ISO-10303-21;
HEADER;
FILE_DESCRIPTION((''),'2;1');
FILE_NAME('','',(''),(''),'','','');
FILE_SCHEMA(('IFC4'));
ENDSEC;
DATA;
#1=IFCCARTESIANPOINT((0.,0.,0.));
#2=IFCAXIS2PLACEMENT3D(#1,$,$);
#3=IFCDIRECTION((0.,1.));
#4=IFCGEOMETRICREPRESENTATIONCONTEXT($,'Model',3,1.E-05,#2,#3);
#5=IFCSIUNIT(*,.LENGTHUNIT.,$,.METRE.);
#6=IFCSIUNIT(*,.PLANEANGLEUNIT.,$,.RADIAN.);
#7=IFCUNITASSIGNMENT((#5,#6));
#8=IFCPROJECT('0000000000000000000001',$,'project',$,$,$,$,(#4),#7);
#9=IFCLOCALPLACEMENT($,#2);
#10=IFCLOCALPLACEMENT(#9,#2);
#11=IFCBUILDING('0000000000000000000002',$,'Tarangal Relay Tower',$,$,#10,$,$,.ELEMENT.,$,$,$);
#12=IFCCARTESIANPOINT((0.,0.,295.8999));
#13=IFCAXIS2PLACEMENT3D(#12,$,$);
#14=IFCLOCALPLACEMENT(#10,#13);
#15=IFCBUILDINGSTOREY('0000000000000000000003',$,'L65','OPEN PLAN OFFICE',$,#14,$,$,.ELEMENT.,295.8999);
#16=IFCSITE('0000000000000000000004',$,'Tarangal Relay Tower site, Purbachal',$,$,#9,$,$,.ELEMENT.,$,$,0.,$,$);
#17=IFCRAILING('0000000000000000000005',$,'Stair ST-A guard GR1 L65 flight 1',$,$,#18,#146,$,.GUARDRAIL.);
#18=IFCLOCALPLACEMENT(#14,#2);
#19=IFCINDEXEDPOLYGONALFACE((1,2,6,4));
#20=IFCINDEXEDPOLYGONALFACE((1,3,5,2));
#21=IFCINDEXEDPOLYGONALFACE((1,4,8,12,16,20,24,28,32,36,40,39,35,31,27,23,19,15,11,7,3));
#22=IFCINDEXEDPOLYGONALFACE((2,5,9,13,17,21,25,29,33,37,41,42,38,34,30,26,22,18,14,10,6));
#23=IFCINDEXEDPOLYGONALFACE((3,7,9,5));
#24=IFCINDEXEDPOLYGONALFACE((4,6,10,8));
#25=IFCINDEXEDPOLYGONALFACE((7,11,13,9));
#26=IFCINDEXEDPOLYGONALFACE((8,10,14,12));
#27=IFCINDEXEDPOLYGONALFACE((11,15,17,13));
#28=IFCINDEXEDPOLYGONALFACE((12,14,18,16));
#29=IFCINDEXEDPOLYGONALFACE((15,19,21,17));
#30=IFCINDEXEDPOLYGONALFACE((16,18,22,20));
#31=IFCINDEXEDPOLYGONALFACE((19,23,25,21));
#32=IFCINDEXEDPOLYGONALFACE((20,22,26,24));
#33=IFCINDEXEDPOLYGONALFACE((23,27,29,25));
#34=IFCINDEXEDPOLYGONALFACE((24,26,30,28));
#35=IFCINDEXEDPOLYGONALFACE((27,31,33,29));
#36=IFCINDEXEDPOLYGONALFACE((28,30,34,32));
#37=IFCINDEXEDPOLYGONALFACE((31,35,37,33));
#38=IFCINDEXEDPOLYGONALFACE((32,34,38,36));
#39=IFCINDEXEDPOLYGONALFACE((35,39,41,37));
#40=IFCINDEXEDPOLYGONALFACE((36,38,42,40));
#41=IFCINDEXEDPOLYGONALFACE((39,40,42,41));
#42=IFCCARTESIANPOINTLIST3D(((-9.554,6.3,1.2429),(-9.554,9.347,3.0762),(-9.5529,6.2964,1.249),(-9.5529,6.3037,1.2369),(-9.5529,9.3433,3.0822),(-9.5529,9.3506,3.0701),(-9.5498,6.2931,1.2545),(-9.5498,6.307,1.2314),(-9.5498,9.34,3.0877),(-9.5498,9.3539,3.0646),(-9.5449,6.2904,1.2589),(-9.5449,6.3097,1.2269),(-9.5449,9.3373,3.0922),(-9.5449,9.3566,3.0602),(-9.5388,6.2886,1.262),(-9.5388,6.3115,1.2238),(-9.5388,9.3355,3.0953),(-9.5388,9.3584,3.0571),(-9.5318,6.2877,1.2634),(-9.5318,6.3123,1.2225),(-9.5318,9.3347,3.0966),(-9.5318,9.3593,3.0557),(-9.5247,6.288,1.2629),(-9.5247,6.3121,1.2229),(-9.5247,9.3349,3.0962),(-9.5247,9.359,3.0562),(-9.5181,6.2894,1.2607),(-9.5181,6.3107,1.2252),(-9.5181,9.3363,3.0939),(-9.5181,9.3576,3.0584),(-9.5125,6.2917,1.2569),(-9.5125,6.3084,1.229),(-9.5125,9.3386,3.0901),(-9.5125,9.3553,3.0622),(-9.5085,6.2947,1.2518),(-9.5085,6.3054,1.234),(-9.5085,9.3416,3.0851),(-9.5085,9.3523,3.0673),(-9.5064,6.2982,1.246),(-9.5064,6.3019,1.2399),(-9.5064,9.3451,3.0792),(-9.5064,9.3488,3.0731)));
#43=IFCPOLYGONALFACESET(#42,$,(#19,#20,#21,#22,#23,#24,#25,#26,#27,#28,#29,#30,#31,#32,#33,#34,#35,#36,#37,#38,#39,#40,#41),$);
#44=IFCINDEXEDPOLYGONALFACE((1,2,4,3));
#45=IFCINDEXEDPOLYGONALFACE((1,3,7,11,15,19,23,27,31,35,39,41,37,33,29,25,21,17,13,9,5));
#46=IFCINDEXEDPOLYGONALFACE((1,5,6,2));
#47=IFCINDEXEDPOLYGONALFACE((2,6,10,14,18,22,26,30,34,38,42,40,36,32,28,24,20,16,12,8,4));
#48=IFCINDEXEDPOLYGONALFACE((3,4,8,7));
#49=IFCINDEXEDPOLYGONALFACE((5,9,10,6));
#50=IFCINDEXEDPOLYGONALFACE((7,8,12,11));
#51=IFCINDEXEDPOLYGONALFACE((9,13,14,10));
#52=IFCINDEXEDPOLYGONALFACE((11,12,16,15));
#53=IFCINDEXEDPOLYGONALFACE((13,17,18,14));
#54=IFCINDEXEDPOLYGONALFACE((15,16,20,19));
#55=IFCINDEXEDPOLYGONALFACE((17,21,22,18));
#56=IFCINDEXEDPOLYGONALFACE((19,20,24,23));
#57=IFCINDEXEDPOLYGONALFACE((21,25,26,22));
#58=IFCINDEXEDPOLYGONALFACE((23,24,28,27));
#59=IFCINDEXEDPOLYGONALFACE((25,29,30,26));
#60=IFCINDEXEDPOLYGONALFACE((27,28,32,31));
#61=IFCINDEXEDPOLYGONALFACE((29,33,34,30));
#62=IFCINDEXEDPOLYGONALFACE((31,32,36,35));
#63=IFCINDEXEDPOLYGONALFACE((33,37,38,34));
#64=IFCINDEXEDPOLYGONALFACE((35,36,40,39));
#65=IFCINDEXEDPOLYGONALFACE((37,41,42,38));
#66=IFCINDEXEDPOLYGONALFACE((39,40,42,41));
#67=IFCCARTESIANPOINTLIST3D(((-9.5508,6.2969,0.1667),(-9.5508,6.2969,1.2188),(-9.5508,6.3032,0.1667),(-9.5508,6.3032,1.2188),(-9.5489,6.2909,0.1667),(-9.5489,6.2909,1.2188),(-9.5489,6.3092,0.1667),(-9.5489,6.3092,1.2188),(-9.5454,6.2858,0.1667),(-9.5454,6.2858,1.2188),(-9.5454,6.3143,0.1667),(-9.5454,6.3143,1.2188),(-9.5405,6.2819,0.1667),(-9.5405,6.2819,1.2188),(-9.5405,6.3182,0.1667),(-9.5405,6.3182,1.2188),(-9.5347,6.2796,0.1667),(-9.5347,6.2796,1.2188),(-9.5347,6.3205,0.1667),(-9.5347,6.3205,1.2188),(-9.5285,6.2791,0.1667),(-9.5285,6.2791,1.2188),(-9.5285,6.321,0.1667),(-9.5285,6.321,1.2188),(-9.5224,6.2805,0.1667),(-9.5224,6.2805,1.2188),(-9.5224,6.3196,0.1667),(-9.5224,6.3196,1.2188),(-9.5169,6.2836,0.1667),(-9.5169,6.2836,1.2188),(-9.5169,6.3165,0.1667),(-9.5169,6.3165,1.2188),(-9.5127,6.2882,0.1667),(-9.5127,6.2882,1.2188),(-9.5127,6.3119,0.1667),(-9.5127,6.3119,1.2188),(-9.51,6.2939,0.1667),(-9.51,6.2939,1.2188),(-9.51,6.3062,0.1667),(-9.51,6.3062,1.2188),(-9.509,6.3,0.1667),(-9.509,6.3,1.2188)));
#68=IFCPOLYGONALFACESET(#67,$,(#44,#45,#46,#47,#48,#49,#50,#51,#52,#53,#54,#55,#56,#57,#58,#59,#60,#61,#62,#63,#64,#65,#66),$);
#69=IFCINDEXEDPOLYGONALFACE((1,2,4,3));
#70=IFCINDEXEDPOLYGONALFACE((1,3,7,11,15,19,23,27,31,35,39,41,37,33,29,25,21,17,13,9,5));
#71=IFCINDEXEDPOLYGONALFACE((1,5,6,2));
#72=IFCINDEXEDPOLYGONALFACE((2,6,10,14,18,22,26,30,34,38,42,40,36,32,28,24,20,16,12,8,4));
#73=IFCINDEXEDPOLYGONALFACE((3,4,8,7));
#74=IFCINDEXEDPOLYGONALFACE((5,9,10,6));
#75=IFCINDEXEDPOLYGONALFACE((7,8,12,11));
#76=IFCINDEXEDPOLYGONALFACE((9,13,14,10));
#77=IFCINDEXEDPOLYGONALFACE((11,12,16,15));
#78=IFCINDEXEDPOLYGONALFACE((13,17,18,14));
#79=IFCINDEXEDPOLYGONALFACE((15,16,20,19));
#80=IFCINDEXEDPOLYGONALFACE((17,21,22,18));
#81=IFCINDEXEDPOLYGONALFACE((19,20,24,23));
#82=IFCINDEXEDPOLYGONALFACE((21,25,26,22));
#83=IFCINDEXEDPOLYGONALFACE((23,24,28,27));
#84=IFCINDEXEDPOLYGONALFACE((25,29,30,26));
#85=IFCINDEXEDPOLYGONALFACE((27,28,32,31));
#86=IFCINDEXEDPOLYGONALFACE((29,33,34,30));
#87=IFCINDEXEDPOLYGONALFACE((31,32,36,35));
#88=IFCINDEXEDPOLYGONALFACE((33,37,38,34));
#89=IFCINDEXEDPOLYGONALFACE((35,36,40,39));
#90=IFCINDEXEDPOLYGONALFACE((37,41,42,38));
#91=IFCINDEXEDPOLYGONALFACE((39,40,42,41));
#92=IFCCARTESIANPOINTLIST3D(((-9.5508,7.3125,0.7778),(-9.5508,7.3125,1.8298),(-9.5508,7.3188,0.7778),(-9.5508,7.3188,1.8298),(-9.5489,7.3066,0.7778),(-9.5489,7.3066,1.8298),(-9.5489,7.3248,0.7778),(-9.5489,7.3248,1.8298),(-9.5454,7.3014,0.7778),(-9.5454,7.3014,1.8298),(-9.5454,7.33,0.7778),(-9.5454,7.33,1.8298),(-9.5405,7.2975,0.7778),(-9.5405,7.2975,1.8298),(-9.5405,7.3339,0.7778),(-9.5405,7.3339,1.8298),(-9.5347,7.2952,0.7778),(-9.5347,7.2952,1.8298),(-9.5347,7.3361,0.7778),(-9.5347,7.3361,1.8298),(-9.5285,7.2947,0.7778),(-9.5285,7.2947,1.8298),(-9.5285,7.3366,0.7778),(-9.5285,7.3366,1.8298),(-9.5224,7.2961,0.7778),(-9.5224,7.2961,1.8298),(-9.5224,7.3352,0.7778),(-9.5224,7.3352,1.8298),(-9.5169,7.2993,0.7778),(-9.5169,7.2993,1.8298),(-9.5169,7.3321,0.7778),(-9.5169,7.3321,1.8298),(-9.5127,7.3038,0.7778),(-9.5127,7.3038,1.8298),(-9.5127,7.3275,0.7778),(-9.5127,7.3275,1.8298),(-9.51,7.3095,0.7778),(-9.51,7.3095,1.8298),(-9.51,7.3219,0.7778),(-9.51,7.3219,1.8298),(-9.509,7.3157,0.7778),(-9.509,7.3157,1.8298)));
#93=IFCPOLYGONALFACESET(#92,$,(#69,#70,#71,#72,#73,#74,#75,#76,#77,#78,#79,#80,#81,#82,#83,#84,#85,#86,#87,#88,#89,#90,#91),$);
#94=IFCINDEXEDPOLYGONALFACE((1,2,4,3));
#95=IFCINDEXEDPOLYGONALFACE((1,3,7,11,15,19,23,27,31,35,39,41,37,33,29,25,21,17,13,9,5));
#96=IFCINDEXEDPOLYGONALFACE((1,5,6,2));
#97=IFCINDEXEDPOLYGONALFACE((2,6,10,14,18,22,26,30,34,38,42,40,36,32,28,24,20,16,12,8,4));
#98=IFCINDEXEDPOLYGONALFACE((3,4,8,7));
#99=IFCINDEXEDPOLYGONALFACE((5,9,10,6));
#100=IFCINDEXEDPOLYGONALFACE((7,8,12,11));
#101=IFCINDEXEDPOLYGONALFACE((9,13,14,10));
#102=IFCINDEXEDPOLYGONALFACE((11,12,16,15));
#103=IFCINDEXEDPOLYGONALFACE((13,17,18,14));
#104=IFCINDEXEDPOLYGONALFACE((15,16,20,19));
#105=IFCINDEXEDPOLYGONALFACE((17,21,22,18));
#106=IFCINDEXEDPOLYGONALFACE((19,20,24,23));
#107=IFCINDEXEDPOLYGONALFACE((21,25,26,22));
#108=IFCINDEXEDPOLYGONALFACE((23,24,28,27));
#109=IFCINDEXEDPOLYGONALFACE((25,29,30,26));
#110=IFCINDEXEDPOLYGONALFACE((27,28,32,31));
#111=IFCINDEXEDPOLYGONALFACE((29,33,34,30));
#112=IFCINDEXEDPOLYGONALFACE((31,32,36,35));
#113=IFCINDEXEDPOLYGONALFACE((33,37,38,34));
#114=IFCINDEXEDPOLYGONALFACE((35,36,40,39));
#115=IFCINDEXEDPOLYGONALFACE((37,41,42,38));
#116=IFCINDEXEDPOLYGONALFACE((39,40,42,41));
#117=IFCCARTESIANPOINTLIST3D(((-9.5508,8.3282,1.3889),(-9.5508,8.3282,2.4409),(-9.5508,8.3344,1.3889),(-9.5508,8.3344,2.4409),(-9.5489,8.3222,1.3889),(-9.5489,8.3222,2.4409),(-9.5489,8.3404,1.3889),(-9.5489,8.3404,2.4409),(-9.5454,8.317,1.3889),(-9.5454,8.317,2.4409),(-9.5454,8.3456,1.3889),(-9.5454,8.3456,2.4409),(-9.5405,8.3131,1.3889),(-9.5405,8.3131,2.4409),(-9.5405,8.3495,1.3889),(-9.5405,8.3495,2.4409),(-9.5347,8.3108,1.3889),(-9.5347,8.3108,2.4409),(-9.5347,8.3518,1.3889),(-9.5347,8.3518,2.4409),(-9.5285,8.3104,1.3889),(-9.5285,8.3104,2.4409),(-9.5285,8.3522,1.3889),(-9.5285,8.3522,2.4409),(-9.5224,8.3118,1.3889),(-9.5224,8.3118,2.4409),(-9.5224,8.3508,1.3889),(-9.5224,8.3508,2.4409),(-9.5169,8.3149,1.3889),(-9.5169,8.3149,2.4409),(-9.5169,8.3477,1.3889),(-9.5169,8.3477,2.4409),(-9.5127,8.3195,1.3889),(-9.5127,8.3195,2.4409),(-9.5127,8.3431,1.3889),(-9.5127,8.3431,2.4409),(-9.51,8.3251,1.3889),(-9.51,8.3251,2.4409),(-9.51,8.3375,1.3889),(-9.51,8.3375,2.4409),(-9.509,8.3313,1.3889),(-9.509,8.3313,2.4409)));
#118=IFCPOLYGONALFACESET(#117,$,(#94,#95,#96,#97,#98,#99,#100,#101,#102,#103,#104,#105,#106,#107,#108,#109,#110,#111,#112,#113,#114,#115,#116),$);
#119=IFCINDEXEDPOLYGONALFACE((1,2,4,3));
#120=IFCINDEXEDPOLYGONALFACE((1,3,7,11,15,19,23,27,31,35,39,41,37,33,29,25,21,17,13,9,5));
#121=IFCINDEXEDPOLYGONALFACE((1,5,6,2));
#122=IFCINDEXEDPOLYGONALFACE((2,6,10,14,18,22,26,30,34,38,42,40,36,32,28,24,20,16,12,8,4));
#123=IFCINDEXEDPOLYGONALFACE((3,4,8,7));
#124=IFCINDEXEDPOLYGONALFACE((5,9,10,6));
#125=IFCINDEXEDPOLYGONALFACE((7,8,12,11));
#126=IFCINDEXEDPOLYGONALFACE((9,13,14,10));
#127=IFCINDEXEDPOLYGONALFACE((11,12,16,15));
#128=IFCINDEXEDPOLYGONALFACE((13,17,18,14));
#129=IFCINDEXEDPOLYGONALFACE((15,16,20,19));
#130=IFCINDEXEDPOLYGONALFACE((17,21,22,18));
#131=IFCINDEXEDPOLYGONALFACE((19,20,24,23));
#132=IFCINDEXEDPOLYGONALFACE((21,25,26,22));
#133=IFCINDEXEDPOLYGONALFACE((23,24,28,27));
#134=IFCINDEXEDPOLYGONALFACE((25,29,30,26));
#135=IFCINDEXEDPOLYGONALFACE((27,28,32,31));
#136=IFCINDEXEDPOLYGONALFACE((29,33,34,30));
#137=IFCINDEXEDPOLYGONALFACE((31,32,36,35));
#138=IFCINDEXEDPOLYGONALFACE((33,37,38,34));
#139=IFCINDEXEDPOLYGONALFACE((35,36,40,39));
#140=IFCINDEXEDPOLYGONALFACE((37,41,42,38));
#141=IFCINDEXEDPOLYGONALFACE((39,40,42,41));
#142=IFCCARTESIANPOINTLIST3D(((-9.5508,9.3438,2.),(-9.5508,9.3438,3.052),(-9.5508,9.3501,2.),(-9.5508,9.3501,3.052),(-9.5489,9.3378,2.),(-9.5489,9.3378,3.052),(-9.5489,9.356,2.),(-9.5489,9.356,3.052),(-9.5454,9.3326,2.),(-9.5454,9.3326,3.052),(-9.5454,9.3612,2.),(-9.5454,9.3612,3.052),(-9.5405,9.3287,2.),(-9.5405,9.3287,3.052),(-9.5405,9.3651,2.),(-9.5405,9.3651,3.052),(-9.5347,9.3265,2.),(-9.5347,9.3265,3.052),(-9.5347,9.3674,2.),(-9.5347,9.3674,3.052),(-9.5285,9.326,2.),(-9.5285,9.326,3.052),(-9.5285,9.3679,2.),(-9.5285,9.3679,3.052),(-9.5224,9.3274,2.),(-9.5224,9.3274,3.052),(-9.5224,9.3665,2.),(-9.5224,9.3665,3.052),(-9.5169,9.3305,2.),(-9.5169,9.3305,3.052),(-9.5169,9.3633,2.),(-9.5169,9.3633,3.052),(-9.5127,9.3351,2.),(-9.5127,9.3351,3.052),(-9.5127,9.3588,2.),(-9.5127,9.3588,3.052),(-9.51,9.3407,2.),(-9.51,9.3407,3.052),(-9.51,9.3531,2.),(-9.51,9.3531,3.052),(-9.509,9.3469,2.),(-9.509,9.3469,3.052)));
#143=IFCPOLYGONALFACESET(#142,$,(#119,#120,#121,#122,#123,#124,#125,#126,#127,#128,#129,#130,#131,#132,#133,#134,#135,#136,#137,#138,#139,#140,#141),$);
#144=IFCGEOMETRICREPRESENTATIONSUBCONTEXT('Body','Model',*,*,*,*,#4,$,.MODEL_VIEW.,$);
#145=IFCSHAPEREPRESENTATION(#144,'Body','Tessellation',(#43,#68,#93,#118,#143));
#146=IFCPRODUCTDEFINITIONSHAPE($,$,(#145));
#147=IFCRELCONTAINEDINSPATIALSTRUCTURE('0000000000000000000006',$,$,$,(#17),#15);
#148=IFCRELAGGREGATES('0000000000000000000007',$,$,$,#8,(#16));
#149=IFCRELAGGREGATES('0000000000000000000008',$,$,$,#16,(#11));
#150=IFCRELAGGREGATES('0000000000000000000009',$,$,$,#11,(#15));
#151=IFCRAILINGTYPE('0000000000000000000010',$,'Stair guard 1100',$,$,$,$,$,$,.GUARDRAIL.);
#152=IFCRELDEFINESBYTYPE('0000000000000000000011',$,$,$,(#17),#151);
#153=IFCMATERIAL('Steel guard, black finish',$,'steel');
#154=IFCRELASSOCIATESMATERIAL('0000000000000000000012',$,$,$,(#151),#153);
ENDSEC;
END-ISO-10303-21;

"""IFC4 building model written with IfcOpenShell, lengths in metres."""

from ifc_helpers import new_model, si_unit, direction, frame, origin, origin_2d, place, context, subcontext, project, spatial, circle, extrude, material, type_object, element, save


model = new_model("IFC4")

# Units and contexts
model_context = context("Model", 3, precision=1e-05, world=origin(), true_north=direction((0.0, 1.0)))
body_context = subcontext(model_context, "Body", "Model", "MODEL_VIEW")
ifc_project = project(units=[si_unit("LENGTHUNIT", "METRE"), si_unit("PLANEANGLEUNIT", "RADIAN")], contexts=[model_context])

# Site, building, storey
site_placement = place(None, origin())
site = spatial("IfcSite", under=ifc_project, at=site_placement, Name="Tarangal Relay Tower site, Purbachal", CompositionType="ELEMENT", RefElevation=0.0)
building_placement = place(site_placement, origin())
building = spatial("IfcBuilding", under=site, at=building_placement, Name="Tarangal Relay Tower", CompositionType="ELEMENT")
storey_placement = place(building_placement, frame((0.0, 0.0, 295.8999)))
storey = spatial("IfcBuildingStorey", under=building, at=storey_placement, Name="L65", Description="OPEN PLAN OFFICE", CompositionType="ELEMENT", Elevation=295.8999)

# Railing
ifc_material_1 = material(Name="Steel guard, black finish", Category="steel")
railing_type_1 = type_object("IfcRailingType", Name="Stair guard 1100", PredefinedType="GUARDRAIL", material=ifc_material_1)
railing_1_placement = place(storey_placement, frame((-9.53, 6.3, 0.1667)))
element("IfcRailing", 1, at=railing_1_placement, inside=storey, type_object=railing_type_1, Name="Stair ST-A guard GR1 L65 flight 1", PredefinedType="GUARDRAIL", context=body_context, shape_type="SweptSolid", body=[
    extrude(circle(Radius=0.0239, at=origin_2d()), frame((0.0, 0.0, 1.0762), z_axis=(0.0, 0.856856, 0.515556), x_axis=(-1.0, 0.0, 0.0)), (0.0, 0.0, 1.0), 3.5559),
    extrude(circle(Radius=0.021, at=origin_2d()), origin(), (0.0, 0.0, 1.0), 1.052),
    extrude(circle(Radius=0.021, at=origin_2d()), frame((0.0, 1.0156, 0.6111)), (0.0, 0.0, 1.0), 1.052),
    extrude(circle(Radius=0.021, at=origin_2d()), frame((0.0, 2.0312, 1.2222)), (0.0, 0.0, 1.0), 1.052),
    extrude(circle(Radius=0.021, at=origin_2d()), frame((0.0, 3.0469, 1.8333)), (0.0, 0.0, 1.0), 1.052),
])

save(model, "model.ifc")
